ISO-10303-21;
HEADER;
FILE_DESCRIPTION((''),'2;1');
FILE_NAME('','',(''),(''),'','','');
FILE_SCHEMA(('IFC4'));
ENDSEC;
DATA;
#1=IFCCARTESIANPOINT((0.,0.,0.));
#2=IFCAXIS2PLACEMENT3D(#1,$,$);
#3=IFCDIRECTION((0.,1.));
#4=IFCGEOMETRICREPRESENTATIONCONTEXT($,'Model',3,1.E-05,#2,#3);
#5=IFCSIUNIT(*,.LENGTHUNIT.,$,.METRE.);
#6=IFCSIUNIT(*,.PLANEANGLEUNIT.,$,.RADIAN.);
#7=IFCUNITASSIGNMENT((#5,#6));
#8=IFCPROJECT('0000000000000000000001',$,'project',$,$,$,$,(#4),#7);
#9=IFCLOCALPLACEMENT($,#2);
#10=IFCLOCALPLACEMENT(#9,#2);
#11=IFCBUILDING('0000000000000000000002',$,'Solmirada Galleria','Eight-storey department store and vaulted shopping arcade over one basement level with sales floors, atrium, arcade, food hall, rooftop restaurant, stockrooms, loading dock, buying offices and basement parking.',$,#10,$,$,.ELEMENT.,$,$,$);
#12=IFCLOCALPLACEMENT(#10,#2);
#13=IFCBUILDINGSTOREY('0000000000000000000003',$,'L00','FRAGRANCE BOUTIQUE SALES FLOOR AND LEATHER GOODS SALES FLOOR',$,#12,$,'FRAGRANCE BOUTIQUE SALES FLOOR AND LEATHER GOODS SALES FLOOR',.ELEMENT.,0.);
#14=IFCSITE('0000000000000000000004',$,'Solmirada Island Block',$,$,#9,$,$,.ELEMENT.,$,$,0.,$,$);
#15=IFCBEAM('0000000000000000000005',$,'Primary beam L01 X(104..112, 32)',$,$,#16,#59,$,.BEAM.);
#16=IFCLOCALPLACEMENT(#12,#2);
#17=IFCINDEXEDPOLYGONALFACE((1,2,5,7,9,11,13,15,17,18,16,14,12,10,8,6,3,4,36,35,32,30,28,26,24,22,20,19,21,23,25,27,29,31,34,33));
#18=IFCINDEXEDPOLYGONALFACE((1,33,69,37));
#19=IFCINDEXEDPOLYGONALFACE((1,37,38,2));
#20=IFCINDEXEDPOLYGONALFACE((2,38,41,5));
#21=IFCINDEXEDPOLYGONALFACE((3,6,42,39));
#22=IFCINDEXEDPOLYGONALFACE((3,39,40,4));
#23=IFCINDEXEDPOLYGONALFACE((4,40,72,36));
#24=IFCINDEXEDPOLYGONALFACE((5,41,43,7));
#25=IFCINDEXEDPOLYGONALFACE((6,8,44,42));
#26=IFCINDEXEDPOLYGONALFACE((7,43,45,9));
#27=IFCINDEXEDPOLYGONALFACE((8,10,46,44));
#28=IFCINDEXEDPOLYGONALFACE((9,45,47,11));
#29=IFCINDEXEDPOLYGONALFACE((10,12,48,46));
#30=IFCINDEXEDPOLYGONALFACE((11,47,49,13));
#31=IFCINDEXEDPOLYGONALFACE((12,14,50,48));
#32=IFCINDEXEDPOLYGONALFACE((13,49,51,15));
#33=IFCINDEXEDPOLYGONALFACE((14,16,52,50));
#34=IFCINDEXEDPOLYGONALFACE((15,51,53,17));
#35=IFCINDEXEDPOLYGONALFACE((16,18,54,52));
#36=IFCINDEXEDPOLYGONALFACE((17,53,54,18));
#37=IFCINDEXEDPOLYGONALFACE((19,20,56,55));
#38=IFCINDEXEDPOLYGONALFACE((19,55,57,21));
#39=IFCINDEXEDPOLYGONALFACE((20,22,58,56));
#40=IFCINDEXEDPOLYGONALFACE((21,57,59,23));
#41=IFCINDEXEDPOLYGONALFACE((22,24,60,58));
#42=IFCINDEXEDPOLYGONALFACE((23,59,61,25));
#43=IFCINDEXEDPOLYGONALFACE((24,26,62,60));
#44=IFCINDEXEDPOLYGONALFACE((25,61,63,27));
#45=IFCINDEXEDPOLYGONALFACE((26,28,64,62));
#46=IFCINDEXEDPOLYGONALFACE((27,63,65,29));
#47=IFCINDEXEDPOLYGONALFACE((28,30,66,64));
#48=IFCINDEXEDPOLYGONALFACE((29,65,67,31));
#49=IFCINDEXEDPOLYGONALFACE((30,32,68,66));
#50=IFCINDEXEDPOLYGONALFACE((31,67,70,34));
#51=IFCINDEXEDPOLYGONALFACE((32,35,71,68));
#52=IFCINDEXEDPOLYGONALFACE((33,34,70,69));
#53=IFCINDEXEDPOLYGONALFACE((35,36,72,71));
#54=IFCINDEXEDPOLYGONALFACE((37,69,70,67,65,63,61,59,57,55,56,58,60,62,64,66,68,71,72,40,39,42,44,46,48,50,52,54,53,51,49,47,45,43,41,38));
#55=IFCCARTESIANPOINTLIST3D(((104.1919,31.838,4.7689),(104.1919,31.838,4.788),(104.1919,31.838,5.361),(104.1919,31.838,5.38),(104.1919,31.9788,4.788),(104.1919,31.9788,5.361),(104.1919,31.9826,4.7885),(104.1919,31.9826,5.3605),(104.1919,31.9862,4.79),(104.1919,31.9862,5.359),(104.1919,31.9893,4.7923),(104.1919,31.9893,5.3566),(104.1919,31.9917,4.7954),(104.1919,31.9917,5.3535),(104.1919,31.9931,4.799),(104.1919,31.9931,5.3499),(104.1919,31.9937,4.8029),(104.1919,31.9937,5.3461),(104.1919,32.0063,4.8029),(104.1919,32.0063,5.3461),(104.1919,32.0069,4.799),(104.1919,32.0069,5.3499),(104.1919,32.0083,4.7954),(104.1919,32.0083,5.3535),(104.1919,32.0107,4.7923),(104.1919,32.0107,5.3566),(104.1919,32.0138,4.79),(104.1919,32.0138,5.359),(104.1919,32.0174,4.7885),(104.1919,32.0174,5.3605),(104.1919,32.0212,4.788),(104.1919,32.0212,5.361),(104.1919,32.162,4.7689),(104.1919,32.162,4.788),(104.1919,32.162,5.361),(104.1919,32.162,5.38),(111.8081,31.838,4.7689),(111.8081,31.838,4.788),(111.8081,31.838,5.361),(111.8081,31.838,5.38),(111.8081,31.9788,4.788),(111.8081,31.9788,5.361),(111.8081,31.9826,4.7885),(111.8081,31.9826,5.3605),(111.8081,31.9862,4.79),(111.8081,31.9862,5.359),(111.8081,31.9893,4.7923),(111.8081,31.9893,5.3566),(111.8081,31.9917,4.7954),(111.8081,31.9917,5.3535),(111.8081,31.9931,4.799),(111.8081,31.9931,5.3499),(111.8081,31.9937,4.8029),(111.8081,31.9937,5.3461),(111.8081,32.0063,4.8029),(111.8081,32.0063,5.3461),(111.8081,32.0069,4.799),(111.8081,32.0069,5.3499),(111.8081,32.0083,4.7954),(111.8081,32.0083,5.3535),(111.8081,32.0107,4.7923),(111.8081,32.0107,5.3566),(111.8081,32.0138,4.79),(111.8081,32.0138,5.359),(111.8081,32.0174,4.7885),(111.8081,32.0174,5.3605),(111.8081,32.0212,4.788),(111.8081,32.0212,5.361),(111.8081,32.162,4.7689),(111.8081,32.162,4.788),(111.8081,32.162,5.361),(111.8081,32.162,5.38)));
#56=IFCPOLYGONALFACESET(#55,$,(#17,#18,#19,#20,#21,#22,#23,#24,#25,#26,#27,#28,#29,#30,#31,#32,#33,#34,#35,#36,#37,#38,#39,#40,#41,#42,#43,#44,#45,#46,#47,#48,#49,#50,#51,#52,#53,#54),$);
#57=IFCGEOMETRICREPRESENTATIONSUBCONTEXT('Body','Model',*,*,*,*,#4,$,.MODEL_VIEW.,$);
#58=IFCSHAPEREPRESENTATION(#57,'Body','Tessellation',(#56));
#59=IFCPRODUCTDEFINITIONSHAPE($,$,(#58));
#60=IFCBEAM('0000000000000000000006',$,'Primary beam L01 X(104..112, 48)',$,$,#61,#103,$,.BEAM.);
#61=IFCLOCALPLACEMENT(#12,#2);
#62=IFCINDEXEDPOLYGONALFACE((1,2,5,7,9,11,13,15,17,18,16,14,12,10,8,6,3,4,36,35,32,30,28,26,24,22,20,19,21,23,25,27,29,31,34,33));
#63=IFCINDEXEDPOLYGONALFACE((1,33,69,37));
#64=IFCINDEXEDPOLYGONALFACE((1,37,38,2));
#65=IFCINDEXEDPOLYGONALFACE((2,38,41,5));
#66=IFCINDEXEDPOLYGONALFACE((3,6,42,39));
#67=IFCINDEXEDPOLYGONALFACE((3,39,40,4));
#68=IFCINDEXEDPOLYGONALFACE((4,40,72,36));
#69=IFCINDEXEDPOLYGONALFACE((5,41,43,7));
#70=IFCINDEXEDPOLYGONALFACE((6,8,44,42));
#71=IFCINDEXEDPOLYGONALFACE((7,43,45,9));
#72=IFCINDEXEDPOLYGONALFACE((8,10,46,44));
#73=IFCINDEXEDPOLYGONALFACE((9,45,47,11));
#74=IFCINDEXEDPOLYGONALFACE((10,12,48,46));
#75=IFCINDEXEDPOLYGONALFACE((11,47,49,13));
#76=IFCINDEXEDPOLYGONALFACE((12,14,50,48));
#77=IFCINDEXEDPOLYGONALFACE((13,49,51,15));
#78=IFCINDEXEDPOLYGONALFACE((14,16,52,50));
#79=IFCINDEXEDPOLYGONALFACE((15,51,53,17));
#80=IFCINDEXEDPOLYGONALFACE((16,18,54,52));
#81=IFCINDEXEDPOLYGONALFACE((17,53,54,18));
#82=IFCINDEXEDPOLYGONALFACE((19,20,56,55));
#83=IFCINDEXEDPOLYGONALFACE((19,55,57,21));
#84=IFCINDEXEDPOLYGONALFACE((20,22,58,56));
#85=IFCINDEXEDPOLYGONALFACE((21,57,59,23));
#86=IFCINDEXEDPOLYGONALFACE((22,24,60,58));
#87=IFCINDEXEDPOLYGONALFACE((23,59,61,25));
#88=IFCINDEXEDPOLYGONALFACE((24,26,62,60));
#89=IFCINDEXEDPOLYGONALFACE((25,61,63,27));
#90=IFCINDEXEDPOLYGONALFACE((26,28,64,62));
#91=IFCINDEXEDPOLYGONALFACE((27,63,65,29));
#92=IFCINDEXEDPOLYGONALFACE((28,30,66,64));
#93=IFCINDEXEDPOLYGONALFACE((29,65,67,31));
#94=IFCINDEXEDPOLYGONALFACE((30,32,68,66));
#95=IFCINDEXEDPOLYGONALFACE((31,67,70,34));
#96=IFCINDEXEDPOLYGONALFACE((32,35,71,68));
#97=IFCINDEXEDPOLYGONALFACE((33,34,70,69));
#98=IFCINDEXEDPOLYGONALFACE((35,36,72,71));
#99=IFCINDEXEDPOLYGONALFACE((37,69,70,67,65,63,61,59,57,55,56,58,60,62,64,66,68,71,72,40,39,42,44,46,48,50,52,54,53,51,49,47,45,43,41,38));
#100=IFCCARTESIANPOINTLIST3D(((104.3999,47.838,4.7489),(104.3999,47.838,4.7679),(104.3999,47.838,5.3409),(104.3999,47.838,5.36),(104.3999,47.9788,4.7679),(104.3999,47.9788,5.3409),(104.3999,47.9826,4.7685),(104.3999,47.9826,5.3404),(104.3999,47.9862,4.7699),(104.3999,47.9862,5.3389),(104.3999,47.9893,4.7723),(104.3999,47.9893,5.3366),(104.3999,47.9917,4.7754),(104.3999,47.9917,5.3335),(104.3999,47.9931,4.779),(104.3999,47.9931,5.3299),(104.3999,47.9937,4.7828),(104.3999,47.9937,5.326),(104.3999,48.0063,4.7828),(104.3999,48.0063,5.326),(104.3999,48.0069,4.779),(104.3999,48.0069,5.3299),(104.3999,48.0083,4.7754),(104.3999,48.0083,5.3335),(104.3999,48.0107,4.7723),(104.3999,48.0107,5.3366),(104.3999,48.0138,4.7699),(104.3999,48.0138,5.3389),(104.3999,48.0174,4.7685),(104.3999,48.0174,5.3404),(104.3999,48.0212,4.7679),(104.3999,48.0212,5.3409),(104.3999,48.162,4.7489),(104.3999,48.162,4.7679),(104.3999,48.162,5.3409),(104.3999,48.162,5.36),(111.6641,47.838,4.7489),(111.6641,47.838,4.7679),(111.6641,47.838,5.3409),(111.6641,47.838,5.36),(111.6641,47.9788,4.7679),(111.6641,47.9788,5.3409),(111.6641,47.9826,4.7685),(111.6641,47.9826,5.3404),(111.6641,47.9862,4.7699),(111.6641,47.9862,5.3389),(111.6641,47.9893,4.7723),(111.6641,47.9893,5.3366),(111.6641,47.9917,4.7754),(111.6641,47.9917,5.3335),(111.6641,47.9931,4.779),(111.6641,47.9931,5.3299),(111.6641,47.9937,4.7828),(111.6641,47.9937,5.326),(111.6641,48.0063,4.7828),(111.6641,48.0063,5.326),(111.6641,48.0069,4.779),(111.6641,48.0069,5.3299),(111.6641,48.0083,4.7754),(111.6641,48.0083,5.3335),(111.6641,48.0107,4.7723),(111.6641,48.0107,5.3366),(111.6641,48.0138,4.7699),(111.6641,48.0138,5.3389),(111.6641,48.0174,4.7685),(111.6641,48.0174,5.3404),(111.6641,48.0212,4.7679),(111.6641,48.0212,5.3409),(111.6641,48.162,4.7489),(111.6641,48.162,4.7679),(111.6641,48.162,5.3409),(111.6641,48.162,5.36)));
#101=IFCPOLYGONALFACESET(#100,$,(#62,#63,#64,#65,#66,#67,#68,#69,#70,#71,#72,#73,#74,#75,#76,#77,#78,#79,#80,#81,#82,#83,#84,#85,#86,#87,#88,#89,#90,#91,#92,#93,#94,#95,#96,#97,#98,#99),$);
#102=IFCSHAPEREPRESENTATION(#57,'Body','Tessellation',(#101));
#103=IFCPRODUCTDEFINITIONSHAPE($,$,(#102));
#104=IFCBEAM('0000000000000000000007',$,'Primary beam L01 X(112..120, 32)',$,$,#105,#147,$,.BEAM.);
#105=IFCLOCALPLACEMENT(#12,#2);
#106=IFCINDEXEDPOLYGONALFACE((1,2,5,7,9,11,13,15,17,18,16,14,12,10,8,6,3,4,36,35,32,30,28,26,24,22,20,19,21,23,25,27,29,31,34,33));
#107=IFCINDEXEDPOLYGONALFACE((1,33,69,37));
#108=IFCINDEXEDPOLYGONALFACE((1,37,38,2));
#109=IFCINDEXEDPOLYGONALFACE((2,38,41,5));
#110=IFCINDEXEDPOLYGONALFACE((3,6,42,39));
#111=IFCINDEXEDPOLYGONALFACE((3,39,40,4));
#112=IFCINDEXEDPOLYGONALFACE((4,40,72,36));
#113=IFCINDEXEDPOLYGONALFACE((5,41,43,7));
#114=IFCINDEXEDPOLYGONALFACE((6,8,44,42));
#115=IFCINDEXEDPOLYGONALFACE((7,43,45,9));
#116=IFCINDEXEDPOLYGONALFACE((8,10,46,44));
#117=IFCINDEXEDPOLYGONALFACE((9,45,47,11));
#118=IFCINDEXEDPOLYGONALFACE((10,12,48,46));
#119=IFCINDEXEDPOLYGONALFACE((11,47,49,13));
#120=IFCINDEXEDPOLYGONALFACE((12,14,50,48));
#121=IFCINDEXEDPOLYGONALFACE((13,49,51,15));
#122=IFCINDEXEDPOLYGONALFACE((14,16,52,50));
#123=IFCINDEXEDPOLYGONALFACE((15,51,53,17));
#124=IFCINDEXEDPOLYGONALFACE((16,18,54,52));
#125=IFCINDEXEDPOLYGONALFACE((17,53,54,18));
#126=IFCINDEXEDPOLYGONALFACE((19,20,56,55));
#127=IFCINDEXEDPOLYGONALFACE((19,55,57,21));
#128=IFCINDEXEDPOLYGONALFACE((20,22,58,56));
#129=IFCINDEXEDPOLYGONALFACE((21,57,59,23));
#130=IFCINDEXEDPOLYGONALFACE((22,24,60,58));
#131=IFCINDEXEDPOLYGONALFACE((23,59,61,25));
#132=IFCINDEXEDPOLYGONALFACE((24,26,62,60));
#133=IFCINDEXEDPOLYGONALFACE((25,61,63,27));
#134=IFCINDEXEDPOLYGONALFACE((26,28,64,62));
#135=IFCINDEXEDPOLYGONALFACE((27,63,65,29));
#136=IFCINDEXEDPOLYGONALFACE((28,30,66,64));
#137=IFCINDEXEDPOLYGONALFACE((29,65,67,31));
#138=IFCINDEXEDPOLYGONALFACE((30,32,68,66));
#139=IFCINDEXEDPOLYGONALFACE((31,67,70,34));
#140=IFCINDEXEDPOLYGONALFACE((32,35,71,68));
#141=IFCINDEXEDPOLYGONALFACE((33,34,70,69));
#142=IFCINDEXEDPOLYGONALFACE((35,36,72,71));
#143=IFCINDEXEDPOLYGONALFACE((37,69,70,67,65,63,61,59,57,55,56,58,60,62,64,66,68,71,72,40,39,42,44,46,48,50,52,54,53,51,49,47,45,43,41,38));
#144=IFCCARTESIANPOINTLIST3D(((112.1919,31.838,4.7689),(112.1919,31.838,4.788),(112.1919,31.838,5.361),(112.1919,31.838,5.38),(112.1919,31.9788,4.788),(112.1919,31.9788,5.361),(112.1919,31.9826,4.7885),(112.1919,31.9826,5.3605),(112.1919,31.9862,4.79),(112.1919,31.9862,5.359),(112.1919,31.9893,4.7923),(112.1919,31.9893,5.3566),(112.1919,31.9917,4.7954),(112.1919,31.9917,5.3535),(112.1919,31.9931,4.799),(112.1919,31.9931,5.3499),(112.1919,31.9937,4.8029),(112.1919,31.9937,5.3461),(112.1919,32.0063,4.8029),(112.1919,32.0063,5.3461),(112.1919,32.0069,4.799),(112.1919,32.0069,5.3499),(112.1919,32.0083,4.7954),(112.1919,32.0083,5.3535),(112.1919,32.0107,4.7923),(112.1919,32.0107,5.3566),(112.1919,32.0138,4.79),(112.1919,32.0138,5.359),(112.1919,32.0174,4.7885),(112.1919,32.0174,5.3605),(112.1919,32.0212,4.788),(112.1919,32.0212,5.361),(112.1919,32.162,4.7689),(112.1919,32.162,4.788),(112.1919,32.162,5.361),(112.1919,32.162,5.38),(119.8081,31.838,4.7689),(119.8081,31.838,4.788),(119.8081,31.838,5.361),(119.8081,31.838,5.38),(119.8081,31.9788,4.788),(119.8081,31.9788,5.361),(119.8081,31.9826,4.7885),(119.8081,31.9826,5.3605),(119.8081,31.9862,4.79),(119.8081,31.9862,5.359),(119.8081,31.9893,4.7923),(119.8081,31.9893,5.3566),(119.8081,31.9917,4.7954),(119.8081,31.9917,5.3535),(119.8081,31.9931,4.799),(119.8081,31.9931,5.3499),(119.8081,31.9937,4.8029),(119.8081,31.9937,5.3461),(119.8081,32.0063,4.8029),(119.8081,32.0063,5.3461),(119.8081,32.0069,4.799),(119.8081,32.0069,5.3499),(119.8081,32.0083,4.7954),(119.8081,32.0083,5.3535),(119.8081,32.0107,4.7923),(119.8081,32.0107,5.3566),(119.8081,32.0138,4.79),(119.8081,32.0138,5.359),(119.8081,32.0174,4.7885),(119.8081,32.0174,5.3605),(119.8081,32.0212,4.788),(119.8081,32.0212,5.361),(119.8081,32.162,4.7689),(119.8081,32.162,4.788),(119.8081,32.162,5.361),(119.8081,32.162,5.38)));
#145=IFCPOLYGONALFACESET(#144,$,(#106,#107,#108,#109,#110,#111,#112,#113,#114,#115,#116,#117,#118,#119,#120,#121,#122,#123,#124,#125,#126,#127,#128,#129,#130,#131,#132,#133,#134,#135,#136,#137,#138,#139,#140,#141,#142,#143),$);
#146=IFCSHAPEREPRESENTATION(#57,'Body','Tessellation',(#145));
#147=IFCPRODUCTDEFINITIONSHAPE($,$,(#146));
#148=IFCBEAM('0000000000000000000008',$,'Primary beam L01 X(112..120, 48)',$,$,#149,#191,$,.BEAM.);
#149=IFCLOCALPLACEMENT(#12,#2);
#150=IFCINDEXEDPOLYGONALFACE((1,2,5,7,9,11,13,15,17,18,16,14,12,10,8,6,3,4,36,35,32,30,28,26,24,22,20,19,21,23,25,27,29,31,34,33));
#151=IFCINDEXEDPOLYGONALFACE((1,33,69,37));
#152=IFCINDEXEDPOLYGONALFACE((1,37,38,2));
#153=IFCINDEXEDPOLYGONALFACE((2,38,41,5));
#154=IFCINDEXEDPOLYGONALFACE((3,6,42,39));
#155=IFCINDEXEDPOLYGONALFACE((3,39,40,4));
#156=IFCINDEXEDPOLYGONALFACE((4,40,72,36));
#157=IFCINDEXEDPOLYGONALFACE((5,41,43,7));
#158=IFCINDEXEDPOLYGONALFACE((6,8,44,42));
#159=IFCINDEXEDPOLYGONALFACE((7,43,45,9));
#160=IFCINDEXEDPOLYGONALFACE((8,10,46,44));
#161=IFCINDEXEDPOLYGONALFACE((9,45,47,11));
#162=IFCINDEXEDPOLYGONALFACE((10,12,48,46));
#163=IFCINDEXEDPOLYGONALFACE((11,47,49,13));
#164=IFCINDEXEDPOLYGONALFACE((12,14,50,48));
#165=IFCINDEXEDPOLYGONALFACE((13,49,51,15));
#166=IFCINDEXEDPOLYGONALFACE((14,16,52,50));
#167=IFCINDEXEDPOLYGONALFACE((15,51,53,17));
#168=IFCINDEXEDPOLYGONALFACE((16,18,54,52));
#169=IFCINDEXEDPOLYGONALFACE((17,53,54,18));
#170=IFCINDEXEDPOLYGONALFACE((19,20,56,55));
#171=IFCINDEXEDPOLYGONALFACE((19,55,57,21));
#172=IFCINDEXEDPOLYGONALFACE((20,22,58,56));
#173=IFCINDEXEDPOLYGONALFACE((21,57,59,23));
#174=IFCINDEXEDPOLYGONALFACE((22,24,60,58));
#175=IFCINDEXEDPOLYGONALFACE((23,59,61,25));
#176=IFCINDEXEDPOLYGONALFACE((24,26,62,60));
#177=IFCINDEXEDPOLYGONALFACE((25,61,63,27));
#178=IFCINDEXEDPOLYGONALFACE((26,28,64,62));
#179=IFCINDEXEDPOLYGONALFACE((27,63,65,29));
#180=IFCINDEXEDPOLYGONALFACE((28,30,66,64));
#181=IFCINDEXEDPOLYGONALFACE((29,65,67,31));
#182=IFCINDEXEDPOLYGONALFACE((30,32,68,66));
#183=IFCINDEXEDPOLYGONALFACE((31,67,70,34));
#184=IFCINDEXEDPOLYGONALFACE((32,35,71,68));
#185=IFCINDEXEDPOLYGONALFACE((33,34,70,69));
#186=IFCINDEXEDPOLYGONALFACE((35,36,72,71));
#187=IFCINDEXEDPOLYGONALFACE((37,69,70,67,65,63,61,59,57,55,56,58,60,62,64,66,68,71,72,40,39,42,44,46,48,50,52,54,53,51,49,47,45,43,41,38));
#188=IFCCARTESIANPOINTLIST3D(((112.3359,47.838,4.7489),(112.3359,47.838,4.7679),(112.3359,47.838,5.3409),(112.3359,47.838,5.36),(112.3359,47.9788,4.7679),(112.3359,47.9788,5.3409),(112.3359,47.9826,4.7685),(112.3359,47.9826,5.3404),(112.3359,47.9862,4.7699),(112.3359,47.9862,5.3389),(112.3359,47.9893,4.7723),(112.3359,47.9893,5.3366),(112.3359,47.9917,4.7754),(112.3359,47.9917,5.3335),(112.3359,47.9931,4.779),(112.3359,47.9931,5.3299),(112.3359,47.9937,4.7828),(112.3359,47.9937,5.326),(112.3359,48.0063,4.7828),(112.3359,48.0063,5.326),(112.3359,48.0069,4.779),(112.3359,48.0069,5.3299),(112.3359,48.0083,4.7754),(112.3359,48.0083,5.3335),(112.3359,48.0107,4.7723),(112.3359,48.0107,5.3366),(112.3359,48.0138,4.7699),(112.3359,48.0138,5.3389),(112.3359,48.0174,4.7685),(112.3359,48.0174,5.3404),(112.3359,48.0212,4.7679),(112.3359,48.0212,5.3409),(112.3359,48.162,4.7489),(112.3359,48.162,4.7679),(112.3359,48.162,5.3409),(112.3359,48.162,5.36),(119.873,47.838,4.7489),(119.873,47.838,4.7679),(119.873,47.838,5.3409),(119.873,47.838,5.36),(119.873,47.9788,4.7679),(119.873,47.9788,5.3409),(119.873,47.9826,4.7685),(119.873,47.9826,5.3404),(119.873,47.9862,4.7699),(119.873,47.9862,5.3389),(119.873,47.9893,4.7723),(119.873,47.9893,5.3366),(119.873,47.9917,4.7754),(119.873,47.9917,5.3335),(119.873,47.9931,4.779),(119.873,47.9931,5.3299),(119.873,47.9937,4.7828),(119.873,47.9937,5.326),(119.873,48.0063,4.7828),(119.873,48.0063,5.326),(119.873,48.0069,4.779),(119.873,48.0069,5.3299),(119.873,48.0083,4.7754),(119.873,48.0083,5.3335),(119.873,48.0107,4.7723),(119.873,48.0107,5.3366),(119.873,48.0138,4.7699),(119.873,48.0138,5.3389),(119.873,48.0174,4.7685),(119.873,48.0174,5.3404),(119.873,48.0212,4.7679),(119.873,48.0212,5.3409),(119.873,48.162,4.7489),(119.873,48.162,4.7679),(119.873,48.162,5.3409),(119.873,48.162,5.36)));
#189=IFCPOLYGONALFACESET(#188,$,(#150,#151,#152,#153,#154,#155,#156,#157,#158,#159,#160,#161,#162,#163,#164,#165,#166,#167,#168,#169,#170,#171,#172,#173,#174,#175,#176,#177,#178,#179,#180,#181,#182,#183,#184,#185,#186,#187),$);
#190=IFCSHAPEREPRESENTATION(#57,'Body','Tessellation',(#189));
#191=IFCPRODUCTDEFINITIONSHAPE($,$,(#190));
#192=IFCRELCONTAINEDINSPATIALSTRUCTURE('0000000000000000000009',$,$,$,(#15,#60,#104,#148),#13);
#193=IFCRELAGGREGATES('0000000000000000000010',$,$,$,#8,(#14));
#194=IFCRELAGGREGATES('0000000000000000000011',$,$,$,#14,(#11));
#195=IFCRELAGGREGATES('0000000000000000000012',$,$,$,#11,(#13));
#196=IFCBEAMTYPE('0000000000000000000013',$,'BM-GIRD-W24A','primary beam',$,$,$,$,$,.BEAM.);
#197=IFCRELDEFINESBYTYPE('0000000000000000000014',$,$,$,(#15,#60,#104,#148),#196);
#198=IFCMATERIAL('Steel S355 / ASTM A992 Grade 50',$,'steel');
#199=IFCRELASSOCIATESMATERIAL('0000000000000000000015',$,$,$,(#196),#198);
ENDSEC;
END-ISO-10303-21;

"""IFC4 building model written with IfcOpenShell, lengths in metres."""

from ifc_helpers import new_model, si_unit, direction, frame, origin, origin_2d, place, context, subcontext, project, spatial, i_section, extrude, material, material_profile, profile_set, type_object, element, save


model = new_model("IFC4")

# Units and contexts
model_context = context("Model", 3, precision=1e-05, world=origin(), true_north=direction((0.0, 1.0)))
body_context = subcontext(model_context, "Body", "Model", "MODEL_VIEW")
ifc_project = project(units=[si_unit("LENGTHUNIT", "METRE"), si_unit("PLANEANGLEUNIT", "RADIAN")], contexts=[model_context])

# Site, building, storey
site_placement = place(None, origin())
site = spatial("IfcSite", under=ifc_project, at=site_placement, Name="Solmirada Island Block", CompositionType="ELEMENT", RefElevation=0.0)
building_placement = place(site_placement, origin())
building = spatial("IfcBuilding", under=site, at=building_placement, Name="Solmirada Galleria", Description="Eight-storey department store and vaulted shopping arcade over one basement level with sales floors, atrium, arcade, food hall, rooftop restaurant, stockrooms, loading dock, buying offices and basement parking.", CompositionType="ELEMENT")
storey_placement = place(building_placement, origin())
storey = spatial("IfcBuildingStorey", under=building, at=storey_placement, Name="L00", Description="FRAGRANCE BOUTIQUE SALES FLOOR AND LEATHER GOODS SALES FLOOR", LongName="FRAGRANCE BOUTIQUE SALES FLOOR AND LEATHER GOODS SALES FLOOR", CompositionType="ELEMENT", Elevation=0.0)

# Beams
ifc_material_1 = material(Name="Steel S355 / ASTM A992 Grade 50", Category="steel")
ifc_material_profile_1 = material_profile(ifc_material_1, i_section(OverallWidth=0.324, OverallDepth=0.6111, WebThickness=0.0127, FlangeThickness=0.019, FilletRadius=0.0149, at=origin_2d()), Name="W24X104")
ifc_profile_set_1 = profile_set([ifc_material_profile_1], Name="Steel S355 / ASTM A992 Grade 50")
beam_type_1 = type_object("IfcBeamType", Name="BM-GIRD-W24A", Description="primary beam", PredefinedType="BEAM", material=ifc_profile_set_1)
beam_1_placement = place(storey_placement, frame((104.1919, 32.0, 5.0745), z_axis=(1.0, 0.0, 0.0), x_axis=(0.0, 1.0, 0.0)))
element("IfcBeam", 1, at=beam_1_placement, inside=storey, type_object=beam_type_1, Name="Primary beam L01 X(104..112, 32)", PredefinedType="BEAM", context=body_context, shape_type="SweptSolid", body=[
    extrude(i_section(OverallWidth=0.324, OverallDepth=0.6111, WebThickness=0.0127, FlangeThickness=0.019, FilletRadius=0.0149, at=origin_2d()), origin(), (0.0, 0.0, 1.0), 7.6162),
])
beam_2_placement = place(storey_placement, frame((104.3999, 48.0, 5.0544), z_axis=(1.0, 0.0, 0.0), x_axis=(0.0, 1.0, 0.0)))
element("IfcBeam", 2, at=beam_2_placement, inside=storey, type_object=beam_type_1, Name="Primary beam L01 X(104..112, 48)", PredefinedType="BEAM", context=body_context, shape_type="SweptSolid", body=[
    extrude(i_section(OverallWidth=0.324, OverallDepth=0.6111, WebThickness=0.0127, FlangeThickness=0.019, FilletRadius=0.0149, at=origin_2d()), origin(), (0.0, 0.0, 1.0), 7.2642),
])
beam_3_placement = place(storey_placement, frame((112.1919, 32.0, 5.0745), z_axis=(1.0, 0.0, 0.0), x_axis=(0.0, 1.0, 0.0)))
element("IfcBeam", 3, at=beam_3_placement, inside=storey, type_object=beam_type_1, Name="Primary beam L01 X(112..120, 32)", PredefinedType="BEAM", context=body_context, shape_type="SweptSolid", body=[
    extrude(i_section(OverallWidth=0.324, OverallDepth=0.6111, WebThickness=0.0127, FlangeThickness=0.019, FilletRadius=0.0149, at=origin_2d()), origin(), (0.0, 0.0, 1.0), 7.6162),
])
beam_4_placement = place(storey_placement, frame((112.3359, 48.0, 5.0544), z_axis=(1.0, 0.0, 0.0), x_axis=(0.0, 1.0, 0.0)))
element("IfcBeam", 4, at=beam_4_placement, inside=storey, type_object=beam_type_1, Name="Primary beam L01 X(112..120, 48)", PredefinedType="BEAM", context=body_context, shape_type="SweptSolid", body=[
    extrude(i_section(OverallWidth=0.324, OverallDepth=0.6111, WebThickness=0.0127, FlangeThickness=0.019, FilletRadius=0.0149, at=origin_2d()), origin(), (0.0, 0.0, 1.0), 7.5371),
])

save(model, "model.ifc")
